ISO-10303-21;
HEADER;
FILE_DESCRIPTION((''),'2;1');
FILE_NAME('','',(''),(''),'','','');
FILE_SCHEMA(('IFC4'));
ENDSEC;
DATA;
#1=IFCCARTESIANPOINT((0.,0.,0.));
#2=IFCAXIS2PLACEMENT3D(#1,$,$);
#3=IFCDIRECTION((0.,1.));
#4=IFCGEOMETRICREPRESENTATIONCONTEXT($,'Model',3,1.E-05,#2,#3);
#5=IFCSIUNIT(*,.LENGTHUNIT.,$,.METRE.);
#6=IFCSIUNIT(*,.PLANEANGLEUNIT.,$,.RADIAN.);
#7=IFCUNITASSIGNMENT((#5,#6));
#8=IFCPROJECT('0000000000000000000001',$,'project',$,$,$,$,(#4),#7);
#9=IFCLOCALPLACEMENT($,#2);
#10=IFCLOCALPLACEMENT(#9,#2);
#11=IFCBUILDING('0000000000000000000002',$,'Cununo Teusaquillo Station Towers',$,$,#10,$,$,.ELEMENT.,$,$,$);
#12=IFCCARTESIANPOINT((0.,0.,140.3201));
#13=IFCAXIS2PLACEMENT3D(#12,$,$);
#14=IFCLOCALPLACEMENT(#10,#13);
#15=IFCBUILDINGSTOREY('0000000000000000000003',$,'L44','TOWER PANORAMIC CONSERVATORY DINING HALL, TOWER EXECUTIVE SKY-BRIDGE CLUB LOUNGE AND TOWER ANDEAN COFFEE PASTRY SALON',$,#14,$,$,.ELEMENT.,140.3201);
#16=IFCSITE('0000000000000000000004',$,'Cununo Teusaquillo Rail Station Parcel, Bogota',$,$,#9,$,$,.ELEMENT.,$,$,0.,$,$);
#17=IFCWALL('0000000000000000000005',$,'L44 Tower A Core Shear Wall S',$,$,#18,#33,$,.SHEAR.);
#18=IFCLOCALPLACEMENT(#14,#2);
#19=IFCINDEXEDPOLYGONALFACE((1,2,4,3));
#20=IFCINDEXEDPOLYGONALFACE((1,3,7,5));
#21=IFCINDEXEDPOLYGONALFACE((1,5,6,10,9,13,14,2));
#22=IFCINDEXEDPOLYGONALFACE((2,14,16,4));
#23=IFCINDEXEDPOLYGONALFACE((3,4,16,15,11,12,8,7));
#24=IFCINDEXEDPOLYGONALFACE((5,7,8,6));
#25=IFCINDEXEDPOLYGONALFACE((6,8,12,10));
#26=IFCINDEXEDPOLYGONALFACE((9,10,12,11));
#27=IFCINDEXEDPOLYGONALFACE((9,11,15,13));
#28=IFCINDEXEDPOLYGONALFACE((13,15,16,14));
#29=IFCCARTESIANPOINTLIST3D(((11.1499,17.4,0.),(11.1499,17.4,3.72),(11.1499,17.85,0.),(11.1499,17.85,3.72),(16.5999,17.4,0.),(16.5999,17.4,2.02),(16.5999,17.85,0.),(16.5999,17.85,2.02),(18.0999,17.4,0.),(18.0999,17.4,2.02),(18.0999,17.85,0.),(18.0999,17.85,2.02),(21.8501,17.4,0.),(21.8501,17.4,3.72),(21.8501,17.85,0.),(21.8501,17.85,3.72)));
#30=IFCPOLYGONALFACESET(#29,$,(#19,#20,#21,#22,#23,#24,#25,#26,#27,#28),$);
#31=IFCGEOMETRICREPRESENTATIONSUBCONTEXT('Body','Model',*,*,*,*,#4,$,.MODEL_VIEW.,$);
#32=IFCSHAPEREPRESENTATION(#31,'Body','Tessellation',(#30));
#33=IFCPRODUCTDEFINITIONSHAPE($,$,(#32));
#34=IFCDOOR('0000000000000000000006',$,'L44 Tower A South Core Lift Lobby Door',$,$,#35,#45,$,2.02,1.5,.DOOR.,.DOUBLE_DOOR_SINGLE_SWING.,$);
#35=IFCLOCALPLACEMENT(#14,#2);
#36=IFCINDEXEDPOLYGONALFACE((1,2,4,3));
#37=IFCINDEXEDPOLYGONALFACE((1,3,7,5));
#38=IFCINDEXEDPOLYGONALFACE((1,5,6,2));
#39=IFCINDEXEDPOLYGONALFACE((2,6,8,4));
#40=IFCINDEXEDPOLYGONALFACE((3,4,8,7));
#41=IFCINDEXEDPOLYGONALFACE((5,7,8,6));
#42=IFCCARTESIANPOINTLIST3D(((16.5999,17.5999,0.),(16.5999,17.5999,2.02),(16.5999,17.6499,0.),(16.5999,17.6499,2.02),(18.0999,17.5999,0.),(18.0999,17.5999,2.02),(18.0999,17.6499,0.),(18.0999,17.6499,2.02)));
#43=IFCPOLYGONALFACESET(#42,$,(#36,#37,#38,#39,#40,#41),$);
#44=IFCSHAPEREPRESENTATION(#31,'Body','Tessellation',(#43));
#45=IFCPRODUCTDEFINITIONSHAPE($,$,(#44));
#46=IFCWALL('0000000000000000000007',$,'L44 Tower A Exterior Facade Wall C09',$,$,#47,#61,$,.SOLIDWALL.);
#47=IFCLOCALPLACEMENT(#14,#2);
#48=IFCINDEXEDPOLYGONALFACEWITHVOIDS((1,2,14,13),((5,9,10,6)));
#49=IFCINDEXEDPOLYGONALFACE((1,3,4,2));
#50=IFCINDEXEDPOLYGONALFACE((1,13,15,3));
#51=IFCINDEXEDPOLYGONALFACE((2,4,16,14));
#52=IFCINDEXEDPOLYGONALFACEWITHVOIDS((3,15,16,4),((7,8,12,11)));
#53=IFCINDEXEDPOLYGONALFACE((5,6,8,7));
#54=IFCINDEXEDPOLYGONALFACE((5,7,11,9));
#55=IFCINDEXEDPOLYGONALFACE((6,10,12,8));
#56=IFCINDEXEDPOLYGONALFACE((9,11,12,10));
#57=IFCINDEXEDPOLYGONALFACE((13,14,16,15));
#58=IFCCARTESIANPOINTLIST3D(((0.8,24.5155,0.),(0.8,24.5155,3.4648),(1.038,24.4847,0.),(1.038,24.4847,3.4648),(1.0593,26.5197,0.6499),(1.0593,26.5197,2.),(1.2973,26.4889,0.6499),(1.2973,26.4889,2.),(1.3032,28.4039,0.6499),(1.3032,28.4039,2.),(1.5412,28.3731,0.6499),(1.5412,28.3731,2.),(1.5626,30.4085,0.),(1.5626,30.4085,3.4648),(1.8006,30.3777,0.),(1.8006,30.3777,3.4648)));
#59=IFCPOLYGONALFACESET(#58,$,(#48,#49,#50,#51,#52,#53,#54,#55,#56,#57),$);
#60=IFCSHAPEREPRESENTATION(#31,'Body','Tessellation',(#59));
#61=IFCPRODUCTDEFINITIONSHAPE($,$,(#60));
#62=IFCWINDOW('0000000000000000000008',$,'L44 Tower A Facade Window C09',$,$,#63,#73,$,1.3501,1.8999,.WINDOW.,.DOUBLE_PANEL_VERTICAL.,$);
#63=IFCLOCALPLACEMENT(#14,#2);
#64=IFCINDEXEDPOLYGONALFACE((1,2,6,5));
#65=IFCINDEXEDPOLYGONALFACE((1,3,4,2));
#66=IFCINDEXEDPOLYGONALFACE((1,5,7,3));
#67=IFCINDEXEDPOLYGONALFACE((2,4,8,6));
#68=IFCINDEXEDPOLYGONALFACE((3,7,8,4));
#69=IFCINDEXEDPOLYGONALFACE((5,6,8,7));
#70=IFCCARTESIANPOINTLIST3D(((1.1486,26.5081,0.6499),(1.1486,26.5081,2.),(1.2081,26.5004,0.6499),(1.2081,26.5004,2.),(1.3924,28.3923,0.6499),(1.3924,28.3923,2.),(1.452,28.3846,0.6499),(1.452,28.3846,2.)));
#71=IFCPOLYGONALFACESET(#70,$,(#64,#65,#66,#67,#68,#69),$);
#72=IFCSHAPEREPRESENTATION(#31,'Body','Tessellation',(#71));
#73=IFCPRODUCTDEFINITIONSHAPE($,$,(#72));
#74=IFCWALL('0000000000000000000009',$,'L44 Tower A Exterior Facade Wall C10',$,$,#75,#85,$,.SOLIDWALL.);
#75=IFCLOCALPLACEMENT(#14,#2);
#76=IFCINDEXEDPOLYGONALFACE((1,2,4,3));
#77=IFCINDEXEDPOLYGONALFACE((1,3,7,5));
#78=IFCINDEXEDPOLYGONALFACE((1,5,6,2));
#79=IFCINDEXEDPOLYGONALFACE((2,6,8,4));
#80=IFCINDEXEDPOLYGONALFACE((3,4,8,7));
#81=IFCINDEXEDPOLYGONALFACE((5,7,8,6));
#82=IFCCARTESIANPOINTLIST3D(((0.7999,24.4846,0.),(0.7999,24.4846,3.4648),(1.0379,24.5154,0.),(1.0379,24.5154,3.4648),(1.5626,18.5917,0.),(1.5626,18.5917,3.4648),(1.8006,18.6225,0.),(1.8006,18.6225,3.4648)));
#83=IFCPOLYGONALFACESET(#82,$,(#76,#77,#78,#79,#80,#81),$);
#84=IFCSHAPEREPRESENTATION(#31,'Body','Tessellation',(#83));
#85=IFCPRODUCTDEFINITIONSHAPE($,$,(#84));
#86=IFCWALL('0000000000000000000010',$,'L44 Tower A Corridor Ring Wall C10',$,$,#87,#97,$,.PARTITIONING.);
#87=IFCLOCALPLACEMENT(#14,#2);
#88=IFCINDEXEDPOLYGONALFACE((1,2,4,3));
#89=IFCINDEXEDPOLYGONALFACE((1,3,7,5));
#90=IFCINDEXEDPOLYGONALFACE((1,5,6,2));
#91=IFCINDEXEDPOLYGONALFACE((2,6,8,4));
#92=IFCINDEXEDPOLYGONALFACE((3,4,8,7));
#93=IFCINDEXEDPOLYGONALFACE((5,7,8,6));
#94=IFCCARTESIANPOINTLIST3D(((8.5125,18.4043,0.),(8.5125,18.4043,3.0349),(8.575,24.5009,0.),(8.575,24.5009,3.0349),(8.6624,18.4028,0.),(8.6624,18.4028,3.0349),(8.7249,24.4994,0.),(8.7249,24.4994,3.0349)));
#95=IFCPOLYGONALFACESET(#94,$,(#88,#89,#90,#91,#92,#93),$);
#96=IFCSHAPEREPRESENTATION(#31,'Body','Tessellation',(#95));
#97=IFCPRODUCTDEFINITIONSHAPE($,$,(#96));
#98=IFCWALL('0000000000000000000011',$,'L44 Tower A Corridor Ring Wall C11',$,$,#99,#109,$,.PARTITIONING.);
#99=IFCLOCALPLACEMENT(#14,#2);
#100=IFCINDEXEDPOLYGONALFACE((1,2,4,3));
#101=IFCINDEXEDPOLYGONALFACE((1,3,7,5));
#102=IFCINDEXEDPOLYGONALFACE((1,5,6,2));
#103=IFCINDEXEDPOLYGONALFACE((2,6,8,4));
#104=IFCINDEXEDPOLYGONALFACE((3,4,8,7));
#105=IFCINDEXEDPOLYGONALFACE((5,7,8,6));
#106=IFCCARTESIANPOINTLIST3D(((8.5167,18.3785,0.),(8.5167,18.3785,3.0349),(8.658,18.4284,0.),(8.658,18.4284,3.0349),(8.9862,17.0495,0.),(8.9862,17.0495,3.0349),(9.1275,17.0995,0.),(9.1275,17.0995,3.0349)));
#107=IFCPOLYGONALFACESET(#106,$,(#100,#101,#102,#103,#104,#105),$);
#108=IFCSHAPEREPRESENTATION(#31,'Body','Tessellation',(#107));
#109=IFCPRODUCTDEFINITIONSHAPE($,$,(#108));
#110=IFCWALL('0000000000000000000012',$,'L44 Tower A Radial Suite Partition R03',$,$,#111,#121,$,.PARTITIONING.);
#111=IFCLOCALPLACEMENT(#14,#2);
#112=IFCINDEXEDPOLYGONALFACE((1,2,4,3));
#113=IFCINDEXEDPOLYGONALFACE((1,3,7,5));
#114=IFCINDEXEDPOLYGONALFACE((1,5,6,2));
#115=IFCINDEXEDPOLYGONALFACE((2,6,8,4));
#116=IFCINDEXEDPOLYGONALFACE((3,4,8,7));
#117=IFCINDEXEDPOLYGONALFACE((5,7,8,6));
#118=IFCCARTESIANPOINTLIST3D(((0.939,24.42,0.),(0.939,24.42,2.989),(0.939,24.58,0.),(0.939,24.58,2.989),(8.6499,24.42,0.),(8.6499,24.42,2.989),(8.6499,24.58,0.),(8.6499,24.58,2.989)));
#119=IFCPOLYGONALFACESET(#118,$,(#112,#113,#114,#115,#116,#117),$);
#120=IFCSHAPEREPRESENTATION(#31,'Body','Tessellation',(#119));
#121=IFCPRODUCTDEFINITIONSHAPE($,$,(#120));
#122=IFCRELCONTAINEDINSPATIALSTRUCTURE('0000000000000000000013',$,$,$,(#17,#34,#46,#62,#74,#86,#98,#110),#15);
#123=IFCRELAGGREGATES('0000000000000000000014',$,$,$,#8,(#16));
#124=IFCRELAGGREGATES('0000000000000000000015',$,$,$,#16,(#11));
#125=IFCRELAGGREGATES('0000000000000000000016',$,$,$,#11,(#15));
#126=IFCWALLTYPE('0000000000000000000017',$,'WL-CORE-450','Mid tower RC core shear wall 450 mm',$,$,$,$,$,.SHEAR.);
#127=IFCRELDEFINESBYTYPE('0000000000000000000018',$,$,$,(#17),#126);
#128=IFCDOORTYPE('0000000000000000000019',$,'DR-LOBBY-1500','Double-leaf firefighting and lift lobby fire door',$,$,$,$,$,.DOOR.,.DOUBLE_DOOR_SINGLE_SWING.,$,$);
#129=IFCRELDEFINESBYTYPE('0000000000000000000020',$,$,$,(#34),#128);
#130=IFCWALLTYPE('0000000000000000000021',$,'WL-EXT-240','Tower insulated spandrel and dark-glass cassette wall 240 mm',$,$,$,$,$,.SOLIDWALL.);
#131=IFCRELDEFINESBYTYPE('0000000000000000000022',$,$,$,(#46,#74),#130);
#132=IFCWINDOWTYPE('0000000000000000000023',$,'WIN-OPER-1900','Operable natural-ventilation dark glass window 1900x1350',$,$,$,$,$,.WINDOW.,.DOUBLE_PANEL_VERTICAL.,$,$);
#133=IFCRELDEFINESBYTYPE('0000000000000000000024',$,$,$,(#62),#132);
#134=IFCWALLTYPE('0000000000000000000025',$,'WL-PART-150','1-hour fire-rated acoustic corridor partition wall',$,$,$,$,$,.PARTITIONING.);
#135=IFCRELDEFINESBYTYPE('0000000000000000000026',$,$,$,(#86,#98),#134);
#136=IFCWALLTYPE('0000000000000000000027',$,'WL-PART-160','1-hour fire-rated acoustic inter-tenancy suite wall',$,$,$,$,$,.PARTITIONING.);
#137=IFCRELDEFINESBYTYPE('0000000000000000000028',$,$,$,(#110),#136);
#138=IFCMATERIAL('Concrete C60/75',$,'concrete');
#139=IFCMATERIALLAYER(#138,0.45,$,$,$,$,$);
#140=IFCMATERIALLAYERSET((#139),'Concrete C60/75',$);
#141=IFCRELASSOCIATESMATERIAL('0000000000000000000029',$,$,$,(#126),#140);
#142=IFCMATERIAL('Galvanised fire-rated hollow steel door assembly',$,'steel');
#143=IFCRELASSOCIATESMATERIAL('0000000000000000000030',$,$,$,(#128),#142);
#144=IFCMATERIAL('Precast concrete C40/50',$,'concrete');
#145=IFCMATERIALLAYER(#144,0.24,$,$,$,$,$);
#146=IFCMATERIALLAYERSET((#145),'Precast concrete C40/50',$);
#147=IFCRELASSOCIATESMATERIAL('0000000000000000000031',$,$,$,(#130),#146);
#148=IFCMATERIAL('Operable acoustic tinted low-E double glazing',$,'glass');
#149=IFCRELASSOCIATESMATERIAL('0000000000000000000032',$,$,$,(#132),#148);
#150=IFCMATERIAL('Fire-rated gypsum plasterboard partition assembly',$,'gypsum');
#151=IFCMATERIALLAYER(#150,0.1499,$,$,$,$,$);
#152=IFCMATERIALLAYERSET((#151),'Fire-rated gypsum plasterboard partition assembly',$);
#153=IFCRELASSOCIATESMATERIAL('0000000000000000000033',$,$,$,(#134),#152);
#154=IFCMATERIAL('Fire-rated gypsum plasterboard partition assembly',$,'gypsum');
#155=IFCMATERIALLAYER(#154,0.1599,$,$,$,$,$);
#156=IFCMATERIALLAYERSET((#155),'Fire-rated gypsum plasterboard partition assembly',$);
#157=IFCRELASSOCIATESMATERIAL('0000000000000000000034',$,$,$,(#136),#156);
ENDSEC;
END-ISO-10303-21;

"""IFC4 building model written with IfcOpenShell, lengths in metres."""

from ifc_helpers import new_model, si_unit, direction, frame, frame_2d, origin, place, context, subcontext, project, spatial, rectangle, extrude, source, transform, mapped, material, layer, layer_set, type_object, element, fill, save


model = new_model("IFC4")

# Units and contexts
model_context = context("Model", 3, precision=1e-05, world=origin(), true_north=direction((0.0, 1.0)))
body_context = subcontext(model_context, "Body", "Model", "MODEL_VIEW")
ifc_project = project(units=[si_unit("LENGTHUNIT", "METRE"), si_unit("PLANEANGLEUNIT", "RADIAN")], contexts=[model_context])

# Site, building, storey
site_placement = place(None, origin())
site = spatial("IfcSite", under=ifc_project, at=site_placement, Name="Cununo Teusaquillo Rail Station Parcel, Bogota", CompositionType="ELEMENT", RefElevation=0.0)
building_placement = place(site_placement, origin())
building = spatial("IfcBuilding", under=site, at=building_placement, Name="Cununo Teusaquillo Station Towers", CompositionType="ELEMENT")
storey_placement = place(building_placement, frame((0.0, 0.0, 140.3201)))
storey = spatial("IfcBuildingStorey", under=building, at=storey_placement, Name="L44", Description="TOWER PANORAMIC CONSERVATORY DINING HALL, TOWER EXECUTIVE SKY-BRIDGE CLUB LOUNGE AND TOWER ANDEAN COFFEE PASTRY SALON", CompositionType="ELEMENT", Elevation=140.3201)

# Wall, opening, door
ifc_material_1 = material(Name="Concrete C60/75", Category="concrete")
ifc_layer_1 = layer(ifc_material_1, 0.45)
ifc_layer_set_1 = layer_set([ifc_layer_1], Name="Concrete C60/75")
wall_type_1 = type_object("IfcWallType", Name="WL-CORE-450", Description="Mid tower RC core shear wall 450 mm", PredefinedType="SHEAR", material=ifc_layer_set_1)
wall_1_placement = place(storey_placement, frame((11.1499, 17.625, 0.0), z_axis=(0.0, 0.0, 1.0), x_axis=(1.0, 0.0, 0.0)))
wall_1 = element("IfcWall", 1, at=wall_1_placement, inside=storey, type_object=wall_type_1, Name="L44 Tower A Core Shear Wall S", PredefinedType="SHEAR", context=body_context, shape_type="SweptSolid", body=[
    extrude(rectangle(XDim=10.7002, YDim=0.45, at=frame_2d((5.3501, 0.0))), origin(), (0.0, 0.0, 1.0), 3.72),
])
shared_shape_1 = source(origin(), body_context, "Body", "SweptSolid", [
    extrude(rectangle(XDim=1.5, YDim=2.02, at=frame_2d((0.75, 1.01))), frame((0.0, 0.2349, 0.0), z_axis=(0.0, -1.0, 0.0), x_axis=(1.0, 0.0, 0.0)), (0.0, 0.0, 1.0), 0.47),
])
opening_1_placement = place(wall_1_placement, frame((5.45, 0.0, 0.0)))
opening_1 = element("IfcOpeningElement", 2, at=opening_1_placement, cuts=wall_1, PredefinedType="OPENING", context=body_context, shape_type="MappedRepresentation", body=[
    mapped(shared_shape_1, transform((0.0, 0.0, 0.0), x_axis=(1.0, 0.0, 0.0), y_axis=(0.0, 1.0, 0.0), z_axis=(0.0, 0.0, 1.0), scale=1.0)),
])
ifc_material_2 = material(Name="Galvanised fire-rated hollow steel door assembly", Category="steel")
door_type = type_object("IfcDoorType", Name="DR-LOBBY-1500", Description="Double-leaf firefighting and lift lobby fire door", OperationType="DOUBLE_DOOR_SINGLE_SWING", PredefinedType="DOOR", material=ifc_material_2)
shared_shape_2 = source(origin(), body_context, "Body", "SweptSolid", [
    extrude(rectangle(XDim=1.5, YDim=2.02, at=frame_2d((0.75, 1.01))), frame((0.0, 0.0249, 0.0), z_axis=(0.0, -1.0, 0.0), x_axis=(1.0, 0.0, 0.0)), (0.0, 0.0, 1.0), 0.05),
])
door_placement = place(opening_1_placement, origin())
door = element("IfcDoor", 3, at=door_placement, inside=storey, type_object=door_type, Name="L44 Tower A South Core Lift Lobby Door", OperationType="DOUBLE_DOOR_SINGLE_SWING", OverallHeight=2.02, OverallWidth=1.5, PredefinedType="DOOR", context=body_context, shape_type="MappedRepresentation", body=[
    mapped(shared_shape_2, transform((0.0, 0.0, 0.0), x_axis=(1.0, 0.0, 0.0), y_axis=(0.0, 1.0, 0.0), z_axis=(0.0, 0.0, 1.0), scale=1.0)),
])
fill(opening_1, door)

# Wall, opening, window
ifc_material_3 = material(Name="Precast concrete C40/50", Category="concrete")
ifc_layer_2 = layer(ifc_material_3, 0.24)
ifc_layer_set_2 = layer_set([ifc_layer_2], Name="Precast concrete C40/50")
wall_type_2 = type_object("IfcWallType", Name="WL-EXT-240", Description="Tower insulated spandrel and dark-glass cassette wall 240 mm", PredefinedType="SOLIDWALL", material=ifc_layer_set_2)
wall_2_placement = place(storey_placement, frame((0.9189, 24.5, 0.0), z_axis=(0.0, 0.0, 1.0), x_axis=(0.128352, 0.991729, 0.0)))
wall_2 = element("IfcWall", 4, at=wall_2_placement, inside=storey, type_object=wall_type_2, Name="L44 Tower A Exterior Facade Wall C09", PredefinedType="SOLIDWALL", context=body_context, shape_type="SweptSolid", body=[
    extrude(rectangle(XDim=5.9421, YDim=0.24, at=frame_2d((2.9712, 0.0))), origin(), (0.0, 0.0, 1.0), 3.4648),
])
shared_shape_3 = source(origin(), body_context, "Body", "SweptSolid", [
    extrude(rectangle(XDim=1.8999, YDim=1.3501, at=frame_2d((0.95, 0.675))), frame((0.0, 0.1299, 0.0), z_axis=(0.0, -1.0, 0.0), x_axis=(1.0, 0.0, 0.0)), (0.0, 0.0, 1.0), 0.26),
])
opening_2_placement = place(wall_2_placement, frame((2.021, 0.0, 0.6499)))
opening_2 = element("IfcOpeningElement", 5, at=opening_2_placement, cuts=wall_2, PredefinedType="OPENING", context=body_context, shape_type="MappedRepresentation", body=[
    mapped(shared_shape_3, transform((0.0, 0.0, 0.0), x_axis=(1.0, 0.0, 0.0), y_axis=(0.0, 1.0, 0.0), z_axis=(0.0, 0.0, 1.0), scale=1.0)),
])
ifc_material_4 = material(Name="Operable acoustic tinted low-E double glazing", Category="glass")
window_type = type_object("IfcWindowType", Name="WIN-OPER-1900", Description="Operable natural-ventilation dark glass window 1900x1350", PartitioningType="DOUBLE_PANEL_VERTICAL", PredefinedType="WINDOW", material=ifc_material_4)
shared_shape_4 = source(origin(), body_context, "Body", "SweptSolid", [
    extrude(rectangle(XDim=1.8999, YDim=1.3501, at=frame_2d((0.95, 0.675))), frame((0.0, 0.03, 0.0), z_axis=(0.0, -1.0, 0.0), x_axis=(1.0, 0.0, 0.0)), (0.0, 0.0, 1.0), 0.0601),
])
window_placement = place(opening_2_placement, origin())
window = element("IfcWindow", 6, at=window_placement, inside=storey, type_object=window_type, Name="L44 Tower A Facade Window C09", OverallHeight=1.3501, OverallWidth=1.8999, PartitioningType="DOUBLE_PANEL_VERTICAL", PredefinedType="WINDOW", context=body_context, shape_type="MappedRepresentation", body=[
    mapped(shared_shape_4, transform((0.0, 0.0, 0.0), x_axis=(1.0, 0.0, 0.0), y_axis=(0.0, 1.0, 0.0), z_axis=(0.0, 0.0, 1.0), scale=1.0)),
])
fill(opening_2, window)

# Walls
wall_3_placement = place(storey_placement, frame((1.6816, 18.6069, 0.0), z_axis=(0.0, 0.0, 1.0), x_axis=(-0.128352, 0.991729, 0.0)))
element("IfcWall", 7, at=wall_3_placement, inside=storey, type_object=wall_type_2, Name="L44 Tower A Exterior Facade Wall C10", PredefinedType="SOLIDWALL", context=body_context, shape_type="SweptSolid", body=[
    extrude(rectangle(XDim=5.9421, YDim=0.24, at=frame_2d((2.9712, 0.0))), origin(), (0.0, 0.0, 1.0), 3.4648),
])
ifc_material_5 = material(Name="Fire-rated gypsum plasterboard partition assembly", Category="gypsum")
ifc_layer_3 = layer(ifc_material_5, 0.1499)
ifc_layer_set_3 = layer_set([ifc_layer_3], Name="Fire-rated gypsum plasterboard partition assembly")
wall_type_3 = type_object("IfcWallType", Name="WL-PART-150", Description="1-hour fire-rated acoustic corridor partition wall", PredefinedType="PARTITIONING", material=ifc_layer_set_3)
wall_4_placement = place(storey_placement, frame((8.6499, 24.5, 0.0), z_axis=(0.0, 0.0, 1.0), x_axis=(-0.010251, -0.999947, 0.0)))
element("IfcWall", 8, at=wall_4_placement, inside=storey, type_object=wall_type_3, Name="L44 Tower A Corridor Ring Wall C10", PredefinedType="PARTITIONING", context=body_context, shape_type="SweptSolid", body=[
    extrude(rectangle(XDim=6.0969, YDim=0.1499, at=frame_2d((3.0483, 0.0))), origin(), (0.0, 0.0, 1.0), 3.0349),
])
wall_5_placement = place(storey_placement, frame((8.5874, 18.4033, 0.0), z_axis=(0.0, 0.0, 1.0), x_axis=(0.333119, -0.942885, 0.0)))
element("IfcWall", 9, at=wall_5_placement, inside=storey, type_object=wall_type_3, Name="L44 Tower A Corridor Ring Wall C11", PredefinedType="PARTITIONING", context=body_context, shape_type="SweptSolid", body=[
    extrude(rectangle(XDim=1.4094, YDim=0.1499, at=frame_2d((0.7046, 0.0))), origin(), (0.0, 0.0, 1.0), 3.0349),
])
ifc_material_6 = material(Name="Fire-rated gypsum plasterboard partition assembly", Category="gypsum")
ifc_layer_4 = layer(ifc_material_6, 0.1599)
ifc_layer_set_4 = layer_set([ifc_layer_4], Name="Fire-rated gypsum plasterboard partition assembly")
wall_type_4 = type_object("IfcWallType", Name="WL-PART-160", Description="1-hour fire-rated acoustic inter-tenancy suite wall", PredefinedType="PARTITIONING", material=ifc_layer_set_4)
wall_6_placement = place(storey_placement, frame((8.6499, 24.5, 0.0), z_axis=(0.0, 0.0, 1.0), x_axis=(-1.0, 0.0, 0.0)))
element("IfcWall", 10, at=wall_6_placement, inside=storey, type_object=wall_type_4, Name="L44 Tower A Radial Suite Partition R03", PredefinedType="PARTITIONING", context=body_context, shape_type="SweptSolid", body=[
    extrude(rectangle(XDim=7.7109, YDim=0.1599, at=frame_2d((3.8555, 0.0))), origin(), (0.0, 0.0, 1.0), 2.989),
])

save(model, "model.ifc")
